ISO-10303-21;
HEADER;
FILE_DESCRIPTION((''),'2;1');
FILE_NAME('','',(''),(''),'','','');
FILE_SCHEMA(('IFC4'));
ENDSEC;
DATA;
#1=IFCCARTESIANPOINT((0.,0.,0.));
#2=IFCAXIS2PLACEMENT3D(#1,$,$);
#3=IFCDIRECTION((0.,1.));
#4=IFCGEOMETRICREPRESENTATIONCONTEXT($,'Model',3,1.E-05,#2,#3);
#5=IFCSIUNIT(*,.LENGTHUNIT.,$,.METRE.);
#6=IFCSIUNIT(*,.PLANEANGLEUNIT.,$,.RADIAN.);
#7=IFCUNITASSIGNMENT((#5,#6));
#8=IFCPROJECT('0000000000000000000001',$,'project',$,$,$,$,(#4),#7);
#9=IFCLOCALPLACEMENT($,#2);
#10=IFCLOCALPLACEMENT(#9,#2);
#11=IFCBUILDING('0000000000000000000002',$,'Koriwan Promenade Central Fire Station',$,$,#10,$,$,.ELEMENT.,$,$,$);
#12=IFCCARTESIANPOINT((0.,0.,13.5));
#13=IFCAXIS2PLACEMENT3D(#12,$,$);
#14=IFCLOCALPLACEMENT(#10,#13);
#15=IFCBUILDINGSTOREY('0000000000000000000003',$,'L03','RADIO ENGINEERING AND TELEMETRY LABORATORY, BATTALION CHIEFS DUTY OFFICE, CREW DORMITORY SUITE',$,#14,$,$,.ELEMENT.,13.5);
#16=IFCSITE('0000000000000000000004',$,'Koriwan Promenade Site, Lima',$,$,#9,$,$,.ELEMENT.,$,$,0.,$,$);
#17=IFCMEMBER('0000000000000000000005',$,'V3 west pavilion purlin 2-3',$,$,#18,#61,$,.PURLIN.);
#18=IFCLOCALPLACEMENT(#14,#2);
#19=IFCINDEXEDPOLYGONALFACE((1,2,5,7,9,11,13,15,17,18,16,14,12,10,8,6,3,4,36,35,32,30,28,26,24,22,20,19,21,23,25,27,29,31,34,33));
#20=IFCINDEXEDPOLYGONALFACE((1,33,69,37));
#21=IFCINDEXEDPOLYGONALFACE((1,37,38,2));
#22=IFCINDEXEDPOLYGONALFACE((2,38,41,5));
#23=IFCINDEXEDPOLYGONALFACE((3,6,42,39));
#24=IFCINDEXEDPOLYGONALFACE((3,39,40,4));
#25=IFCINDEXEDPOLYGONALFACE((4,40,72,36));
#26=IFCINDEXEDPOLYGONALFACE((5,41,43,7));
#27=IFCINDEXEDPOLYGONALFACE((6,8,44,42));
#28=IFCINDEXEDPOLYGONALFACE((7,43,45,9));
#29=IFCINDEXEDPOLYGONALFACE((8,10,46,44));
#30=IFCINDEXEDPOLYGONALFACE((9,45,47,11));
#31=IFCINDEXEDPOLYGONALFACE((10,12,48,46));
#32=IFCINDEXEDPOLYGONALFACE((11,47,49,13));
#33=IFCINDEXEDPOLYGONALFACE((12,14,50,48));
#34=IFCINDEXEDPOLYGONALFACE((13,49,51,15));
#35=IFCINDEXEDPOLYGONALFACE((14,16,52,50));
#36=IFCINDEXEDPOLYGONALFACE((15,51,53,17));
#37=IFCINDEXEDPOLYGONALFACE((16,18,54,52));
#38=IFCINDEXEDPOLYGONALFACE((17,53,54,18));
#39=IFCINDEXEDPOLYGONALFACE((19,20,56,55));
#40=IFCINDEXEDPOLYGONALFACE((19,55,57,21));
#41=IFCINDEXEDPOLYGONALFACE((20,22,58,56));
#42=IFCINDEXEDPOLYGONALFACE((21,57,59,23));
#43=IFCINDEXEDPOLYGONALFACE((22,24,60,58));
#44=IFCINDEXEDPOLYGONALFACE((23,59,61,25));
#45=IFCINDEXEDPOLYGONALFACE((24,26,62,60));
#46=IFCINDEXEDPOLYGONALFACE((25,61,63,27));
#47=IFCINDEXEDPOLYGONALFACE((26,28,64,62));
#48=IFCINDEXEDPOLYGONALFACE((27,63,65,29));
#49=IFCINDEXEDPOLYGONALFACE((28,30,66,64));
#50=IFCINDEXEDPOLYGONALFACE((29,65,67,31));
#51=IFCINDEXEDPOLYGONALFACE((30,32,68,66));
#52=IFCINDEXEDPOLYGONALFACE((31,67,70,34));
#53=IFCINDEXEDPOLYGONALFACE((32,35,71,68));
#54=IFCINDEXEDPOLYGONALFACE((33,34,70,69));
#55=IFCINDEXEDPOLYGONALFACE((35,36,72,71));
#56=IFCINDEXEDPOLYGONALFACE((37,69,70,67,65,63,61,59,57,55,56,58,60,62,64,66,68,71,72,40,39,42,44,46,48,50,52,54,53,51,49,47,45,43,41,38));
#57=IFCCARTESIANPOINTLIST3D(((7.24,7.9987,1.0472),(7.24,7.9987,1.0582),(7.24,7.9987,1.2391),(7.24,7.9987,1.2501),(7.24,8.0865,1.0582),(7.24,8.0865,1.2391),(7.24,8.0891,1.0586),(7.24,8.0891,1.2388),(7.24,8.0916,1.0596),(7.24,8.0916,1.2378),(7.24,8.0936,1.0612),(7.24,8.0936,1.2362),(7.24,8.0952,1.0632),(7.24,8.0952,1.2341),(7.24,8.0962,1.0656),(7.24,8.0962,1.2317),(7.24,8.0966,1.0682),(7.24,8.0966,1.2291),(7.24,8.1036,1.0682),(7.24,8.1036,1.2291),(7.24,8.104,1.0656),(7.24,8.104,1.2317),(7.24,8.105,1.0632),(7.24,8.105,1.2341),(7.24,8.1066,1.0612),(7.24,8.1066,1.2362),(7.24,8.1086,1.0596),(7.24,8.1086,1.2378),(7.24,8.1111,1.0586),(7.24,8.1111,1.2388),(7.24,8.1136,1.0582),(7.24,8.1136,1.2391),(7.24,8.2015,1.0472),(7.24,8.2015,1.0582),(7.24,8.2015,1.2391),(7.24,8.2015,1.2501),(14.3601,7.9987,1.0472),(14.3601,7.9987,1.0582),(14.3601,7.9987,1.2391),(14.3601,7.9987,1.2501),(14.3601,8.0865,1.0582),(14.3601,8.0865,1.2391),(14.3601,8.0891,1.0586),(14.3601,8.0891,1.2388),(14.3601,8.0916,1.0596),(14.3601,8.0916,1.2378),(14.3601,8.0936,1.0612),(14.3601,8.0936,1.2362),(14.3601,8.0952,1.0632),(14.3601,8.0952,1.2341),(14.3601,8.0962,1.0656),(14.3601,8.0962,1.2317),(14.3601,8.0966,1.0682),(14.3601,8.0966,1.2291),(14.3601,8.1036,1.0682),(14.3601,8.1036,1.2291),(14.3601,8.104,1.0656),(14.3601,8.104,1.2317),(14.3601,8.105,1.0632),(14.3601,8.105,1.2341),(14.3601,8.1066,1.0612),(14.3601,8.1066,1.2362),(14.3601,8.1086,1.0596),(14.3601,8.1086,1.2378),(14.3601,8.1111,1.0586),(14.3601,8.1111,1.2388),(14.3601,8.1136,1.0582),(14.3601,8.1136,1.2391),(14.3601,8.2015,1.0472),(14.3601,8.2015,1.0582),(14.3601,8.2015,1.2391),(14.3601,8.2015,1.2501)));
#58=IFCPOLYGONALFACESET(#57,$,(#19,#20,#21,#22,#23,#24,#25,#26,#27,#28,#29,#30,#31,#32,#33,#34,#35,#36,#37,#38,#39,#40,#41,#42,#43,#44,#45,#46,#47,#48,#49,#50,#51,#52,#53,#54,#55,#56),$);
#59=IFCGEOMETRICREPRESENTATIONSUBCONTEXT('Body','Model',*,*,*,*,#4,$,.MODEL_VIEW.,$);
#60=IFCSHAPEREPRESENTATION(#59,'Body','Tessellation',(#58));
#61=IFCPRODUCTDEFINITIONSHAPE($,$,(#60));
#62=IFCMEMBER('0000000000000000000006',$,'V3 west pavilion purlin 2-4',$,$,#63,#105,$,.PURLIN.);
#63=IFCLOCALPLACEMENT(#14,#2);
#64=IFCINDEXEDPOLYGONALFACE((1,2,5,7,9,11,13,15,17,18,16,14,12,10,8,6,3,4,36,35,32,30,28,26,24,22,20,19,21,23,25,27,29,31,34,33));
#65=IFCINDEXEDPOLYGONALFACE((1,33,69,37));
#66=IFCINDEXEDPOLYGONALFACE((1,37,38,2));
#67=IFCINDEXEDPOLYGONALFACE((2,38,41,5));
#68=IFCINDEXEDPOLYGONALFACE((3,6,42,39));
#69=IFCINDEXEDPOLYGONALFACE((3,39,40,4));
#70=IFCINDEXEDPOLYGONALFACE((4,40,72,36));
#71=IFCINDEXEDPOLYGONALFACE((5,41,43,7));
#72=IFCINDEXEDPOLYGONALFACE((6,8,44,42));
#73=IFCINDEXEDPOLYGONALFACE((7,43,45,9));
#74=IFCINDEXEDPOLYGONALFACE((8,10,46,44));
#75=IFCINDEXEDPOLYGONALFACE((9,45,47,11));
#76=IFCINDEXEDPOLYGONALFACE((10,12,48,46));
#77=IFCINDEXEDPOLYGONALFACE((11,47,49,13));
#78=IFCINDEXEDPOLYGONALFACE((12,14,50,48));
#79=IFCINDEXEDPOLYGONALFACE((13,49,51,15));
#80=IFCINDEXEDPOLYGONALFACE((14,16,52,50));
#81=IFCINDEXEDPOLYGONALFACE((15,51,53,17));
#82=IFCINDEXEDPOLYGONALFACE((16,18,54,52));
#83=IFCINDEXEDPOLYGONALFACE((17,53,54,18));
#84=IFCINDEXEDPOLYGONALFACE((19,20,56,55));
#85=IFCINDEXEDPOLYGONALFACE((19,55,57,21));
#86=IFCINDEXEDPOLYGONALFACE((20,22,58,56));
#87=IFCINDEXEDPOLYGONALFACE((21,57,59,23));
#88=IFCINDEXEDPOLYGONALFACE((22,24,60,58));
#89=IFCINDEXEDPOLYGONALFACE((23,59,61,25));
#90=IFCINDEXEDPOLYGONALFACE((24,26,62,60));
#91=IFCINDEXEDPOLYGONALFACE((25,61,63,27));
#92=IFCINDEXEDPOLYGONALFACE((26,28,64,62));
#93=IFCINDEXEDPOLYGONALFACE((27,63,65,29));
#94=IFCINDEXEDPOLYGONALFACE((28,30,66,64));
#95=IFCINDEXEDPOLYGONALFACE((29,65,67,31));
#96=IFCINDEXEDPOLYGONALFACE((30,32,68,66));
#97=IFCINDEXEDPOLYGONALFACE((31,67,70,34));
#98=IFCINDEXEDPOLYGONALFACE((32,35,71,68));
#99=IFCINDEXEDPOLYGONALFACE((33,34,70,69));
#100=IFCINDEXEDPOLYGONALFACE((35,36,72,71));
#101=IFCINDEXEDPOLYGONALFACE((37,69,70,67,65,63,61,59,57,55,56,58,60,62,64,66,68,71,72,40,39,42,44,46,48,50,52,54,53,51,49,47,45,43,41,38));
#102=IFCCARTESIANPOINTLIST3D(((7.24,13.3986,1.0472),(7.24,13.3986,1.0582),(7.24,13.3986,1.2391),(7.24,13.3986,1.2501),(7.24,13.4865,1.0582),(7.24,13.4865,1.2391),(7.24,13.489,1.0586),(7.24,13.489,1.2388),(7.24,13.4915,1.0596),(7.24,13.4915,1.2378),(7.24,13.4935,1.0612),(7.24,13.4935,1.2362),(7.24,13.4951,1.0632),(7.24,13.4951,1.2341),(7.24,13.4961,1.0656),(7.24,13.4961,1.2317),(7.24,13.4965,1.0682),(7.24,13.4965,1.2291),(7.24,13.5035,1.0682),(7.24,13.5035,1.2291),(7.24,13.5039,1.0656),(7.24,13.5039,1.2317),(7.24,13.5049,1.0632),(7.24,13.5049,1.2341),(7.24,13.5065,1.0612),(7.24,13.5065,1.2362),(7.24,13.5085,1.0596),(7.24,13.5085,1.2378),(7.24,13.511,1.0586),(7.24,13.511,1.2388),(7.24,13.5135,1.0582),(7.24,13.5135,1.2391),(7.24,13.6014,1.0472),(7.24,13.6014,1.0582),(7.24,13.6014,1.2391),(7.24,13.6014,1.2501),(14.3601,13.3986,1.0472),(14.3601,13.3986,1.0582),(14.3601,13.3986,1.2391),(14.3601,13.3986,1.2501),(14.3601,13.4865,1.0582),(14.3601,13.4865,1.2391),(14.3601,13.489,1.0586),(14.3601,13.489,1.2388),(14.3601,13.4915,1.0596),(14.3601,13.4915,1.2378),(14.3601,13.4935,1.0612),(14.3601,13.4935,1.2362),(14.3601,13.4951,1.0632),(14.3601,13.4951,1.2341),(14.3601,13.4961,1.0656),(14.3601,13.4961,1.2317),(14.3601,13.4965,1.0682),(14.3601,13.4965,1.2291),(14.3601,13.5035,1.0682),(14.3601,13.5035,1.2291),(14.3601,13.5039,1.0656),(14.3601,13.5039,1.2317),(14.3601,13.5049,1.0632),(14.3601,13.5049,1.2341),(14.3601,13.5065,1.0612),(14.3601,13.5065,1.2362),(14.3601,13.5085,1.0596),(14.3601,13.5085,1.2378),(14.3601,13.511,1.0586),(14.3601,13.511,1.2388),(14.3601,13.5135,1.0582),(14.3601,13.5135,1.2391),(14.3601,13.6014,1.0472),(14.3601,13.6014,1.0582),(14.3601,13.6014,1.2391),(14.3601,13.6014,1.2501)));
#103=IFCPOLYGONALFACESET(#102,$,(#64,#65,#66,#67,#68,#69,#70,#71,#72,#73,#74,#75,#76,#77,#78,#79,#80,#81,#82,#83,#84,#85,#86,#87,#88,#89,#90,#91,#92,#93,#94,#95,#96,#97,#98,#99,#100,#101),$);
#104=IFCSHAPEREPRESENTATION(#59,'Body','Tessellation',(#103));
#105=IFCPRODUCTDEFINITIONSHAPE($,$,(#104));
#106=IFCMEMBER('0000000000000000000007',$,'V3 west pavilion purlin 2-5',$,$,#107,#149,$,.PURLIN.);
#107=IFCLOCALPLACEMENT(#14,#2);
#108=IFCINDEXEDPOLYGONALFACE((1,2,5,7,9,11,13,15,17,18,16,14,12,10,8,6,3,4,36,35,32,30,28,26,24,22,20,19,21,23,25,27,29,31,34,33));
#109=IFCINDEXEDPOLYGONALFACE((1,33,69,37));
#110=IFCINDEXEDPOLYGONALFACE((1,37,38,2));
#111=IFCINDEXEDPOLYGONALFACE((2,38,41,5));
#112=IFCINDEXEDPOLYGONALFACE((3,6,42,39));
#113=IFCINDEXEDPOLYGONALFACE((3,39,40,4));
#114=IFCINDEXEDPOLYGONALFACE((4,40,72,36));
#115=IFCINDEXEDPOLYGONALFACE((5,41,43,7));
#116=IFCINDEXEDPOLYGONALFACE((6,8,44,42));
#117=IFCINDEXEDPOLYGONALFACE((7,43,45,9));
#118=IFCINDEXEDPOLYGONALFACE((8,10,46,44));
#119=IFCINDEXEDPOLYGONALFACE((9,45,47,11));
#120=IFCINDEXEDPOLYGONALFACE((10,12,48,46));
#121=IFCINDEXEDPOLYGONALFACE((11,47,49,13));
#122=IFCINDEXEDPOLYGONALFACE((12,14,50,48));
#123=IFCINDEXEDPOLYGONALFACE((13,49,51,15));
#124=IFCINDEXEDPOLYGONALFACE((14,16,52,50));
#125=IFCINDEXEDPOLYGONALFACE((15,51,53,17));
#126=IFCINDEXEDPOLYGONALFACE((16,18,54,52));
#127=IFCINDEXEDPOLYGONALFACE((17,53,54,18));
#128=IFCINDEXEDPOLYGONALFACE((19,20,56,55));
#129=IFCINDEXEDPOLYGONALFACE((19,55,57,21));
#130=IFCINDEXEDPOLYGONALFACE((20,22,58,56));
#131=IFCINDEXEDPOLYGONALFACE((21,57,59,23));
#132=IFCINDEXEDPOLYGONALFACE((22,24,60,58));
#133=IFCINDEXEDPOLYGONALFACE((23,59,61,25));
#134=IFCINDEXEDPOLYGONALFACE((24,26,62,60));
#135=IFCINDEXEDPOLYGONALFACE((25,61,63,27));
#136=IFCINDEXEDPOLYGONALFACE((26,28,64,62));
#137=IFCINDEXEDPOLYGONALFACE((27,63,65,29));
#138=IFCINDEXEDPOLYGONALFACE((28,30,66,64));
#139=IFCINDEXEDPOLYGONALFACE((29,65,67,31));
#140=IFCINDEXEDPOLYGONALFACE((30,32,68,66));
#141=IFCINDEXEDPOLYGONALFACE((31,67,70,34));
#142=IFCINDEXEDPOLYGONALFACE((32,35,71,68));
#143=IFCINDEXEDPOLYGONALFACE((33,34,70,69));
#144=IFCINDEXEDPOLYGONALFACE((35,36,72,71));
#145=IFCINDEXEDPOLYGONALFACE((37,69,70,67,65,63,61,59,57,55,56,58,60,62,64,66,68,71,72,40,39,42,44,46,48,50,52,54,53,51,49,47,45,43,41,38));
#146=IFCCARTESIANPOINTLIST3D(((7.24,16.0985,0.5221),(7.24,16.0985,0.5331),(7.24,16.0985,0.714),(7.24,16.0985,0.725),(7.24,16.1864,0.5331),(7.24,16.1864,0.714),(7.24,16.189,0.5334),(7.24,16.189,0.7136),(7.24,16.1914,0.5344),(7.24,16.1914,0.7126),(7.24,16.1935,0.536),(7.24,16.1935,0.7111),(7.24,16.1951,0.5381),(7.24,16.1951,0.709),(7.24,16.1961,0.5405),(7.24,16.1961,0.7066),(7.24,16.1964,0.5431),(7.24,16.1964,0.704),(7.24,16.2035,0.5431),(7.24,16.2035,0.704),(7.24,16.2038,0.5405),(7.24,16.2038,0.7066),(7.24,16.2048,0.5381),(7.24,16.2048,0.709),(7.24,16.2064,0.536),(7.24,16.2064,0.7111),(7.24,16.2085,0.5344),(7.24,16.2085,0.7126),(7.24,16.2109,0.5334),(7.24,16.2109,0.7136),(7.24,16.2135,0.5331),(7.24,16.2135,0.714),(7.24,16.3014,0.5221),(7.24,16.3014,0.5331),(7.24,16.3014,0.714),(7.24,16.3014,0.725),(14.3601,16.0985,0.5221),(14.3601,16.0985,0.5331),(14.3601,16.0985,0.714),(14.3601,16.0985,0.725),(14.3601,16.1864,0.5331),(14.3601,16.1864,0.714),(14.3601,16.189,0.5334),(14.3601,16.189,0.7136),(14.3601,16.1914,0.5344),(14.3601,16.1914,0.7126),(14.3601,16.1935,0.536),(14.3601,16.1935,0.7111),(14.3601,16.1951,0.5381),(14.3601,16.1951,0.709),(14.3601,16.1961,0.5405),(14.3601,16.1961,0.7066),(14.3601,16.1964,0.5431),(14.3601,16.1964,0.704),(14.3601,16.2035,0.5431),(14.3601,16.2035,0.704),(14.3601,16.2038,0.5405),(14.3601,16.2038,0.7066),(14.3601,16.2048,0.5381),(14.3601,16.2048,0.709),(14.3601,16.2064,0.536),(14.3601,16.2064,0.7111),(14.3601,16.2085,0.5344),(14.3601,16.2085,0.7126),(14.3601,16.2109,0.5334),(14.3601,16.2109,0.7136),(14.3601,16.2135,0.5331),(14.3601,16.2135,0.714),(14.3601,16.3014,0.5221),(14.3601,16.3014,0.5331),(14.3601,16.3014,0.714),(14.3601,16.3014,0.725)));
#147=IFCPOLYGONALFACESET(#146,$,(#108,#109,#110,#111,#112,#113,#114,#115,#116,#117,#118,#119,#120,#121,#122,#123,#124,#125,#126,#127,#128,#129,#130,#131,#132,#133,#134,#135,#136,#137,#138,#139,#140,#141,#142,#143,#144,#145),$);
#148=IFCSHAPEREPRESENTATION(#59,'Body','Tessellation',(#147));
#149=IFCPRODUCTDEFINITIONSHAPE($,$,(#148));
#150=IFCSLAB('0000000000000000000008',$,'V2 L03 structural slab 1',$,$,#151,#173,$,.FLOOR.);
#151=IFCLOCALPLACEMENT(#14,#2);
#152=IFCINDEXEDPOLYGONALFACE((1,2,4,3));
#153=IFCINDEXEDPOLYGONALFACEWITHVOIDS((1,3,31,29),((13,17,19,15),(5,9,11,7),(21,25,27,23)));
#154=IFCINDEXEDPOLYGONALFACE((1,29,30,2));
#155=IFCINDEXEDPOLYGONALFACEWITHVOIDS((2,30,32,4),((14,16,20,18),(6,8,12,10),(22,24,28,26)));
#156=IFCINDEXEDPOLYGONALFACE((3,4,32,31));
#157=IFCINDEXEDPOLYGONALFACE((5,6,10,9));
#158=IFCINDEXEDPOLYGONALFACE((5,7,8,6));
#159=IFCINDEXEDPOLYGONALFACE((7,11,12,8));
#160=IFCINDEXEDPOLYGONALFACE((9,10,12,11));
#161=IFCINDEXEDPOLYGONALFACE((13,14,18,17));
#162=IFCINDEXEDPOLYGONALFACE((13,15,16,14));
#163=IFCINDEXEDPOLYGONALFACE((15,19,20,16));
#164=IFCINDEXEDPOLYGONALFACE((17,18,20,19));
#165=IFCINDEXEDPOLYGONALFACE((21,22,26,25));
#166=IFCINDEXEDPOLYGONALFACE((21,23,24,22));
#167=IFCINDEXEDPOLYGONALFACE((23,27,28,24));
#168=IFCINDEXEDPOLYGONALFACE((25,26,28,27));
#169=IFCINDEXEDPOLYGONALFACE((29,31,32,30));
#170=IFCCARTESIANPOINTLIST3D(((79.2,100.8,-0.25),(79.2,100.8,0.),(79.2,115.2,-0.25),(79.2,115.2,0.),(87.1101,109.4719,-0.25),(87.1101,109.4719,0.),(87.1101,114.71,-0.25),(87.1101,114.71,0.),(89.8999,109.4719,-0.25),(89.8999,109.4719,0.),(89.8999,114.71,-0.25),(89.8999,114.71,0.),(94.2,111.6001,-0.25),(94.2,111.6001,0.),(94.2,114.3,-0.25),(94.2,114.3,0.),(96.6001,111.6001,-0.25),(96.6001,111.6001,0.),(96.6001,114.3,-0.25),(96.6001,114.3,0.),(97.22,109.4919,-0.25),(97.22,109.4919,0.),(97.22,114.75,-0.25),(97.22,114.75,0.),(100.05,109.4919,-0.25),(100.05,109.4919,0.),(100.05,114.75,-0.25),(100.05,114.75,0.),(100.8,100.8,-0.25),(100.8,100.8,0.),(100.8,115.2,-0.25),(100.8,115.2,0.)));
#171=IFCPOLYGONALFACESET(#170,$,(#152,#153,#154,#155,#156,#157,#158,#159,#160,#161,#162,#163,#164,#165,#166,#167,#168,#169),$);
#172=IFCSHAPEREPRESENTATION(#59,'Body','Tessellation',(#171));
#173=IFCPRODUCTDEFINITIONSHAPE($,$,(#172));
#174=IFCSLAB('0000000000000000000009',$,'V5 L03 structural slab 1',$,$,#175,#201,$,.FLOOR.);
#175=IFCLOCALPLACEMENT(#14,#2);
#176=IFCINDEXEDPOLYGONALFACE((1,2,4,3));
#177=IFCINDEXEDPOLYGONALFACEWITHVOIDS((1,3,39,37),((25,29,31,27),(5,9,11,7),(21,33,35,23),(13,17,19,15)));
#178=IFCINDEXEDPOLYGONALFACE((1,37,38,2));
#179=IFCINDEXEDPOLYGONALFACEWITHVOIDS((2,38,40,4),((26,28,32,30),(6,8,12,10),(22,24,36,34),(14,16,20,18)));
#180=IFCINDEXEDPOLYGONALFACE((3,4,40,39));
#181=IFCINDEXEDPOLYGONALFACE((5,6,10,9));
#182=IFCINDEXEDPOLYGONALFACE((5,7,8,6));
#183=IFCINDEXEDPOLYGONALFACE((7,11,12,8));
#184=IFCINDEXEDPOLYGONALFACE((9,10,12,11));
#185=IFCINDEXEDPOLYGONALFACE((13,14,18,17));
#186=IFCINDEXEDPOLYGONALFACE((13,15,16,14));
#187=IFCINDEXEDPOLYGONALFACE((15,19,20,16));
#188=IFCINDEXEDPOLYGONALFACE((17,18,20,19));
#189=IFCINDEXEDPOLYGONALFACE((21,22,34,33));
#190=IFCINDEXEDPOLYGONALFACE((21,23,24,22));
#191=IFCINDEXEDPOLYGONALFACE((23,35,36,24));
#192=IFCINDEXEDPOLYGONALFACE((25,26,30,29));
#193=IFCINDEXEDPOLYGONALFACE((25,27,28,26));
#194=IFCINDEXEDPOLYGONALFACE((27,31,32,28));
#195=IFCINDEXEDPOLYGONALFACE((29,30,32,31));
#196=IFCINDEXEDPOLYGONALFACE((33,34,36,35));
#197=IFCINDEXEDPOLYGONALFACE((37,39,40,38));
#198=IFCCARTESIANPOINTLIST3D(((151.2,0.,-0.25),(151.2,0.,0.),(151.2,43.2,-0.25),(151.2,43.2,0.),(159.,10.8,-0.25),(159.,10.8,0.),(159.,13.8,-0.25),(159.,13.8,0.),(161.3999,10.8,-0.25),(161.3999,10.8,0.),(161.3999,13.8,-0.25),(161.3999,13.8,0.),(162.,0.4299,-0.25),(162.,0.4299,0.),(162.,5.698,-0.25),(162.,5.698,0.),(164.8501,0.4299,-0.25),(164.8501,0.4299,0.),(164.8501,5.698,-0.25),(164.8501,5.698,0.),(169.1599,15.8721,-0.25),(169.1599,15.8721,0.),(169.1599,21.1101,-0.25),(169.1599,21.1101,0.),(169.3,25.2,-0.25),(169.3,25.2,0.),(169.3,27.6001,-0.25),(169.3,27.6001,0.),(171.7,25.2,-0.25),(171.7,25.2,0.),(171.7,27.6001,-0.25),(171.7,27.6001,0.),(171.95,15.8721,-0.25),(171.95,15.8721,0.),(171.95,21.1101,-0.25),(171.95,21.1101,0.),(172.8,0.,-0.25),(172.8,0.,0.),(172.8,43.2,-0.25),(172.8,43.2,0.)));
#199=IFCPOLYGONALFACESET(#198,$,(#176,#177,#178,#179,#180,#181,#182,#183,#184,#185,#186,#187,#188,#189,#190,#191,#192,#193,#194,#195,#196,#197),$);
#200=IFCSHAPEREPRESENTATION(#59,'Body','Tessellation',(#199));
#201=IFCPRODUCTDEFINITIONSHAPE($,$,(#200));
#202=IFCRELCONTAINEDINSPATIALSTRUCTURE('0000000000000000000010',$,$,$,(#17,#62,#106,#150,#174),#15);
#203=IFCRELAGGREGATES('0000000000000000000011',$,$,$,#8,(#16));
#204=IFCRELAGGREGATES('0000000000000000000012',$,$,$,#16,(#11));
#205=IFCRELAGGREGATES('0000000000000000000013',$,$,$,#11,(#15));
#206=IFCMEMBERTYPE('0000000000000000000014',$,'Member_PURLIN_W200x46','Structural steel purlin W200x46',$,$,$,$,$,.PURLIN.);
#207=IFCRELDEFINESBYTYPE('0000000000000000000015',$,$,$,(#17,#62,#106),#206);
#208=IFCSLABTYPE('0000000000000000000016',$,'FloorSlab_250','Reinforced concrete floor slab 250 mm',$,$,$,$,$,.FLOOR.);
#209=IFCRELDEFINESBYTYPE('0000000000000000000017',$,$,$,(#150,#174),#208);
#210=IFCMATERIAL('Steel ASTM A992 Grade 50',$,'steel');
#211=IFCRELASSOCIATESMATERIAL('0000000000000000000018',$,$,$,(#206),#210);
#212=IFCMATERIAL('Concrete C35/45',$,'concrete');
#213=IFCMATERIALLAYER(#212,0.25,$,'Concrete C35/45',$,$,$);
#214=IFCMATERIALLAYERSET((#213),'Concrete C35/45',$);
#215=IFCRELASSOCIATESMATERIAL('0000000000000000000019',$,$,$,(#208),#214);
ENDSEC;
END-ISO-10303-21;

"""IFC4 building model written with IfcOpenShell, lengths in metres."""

from ifc_helpers import new_model, si_unit, direction, frame, origin, origin_2d, place, context, subcontext, project, spatial, polyline, i_section, outline, extrude, material, layer, layer_set, material_profile, profile_set, type_object, element, save


model = new_model("IFC4")

# Units and contexts
model_context = context("Model", 3, precision=1e-05, world=origin(), true_north=direction((0.0, 1.0)))
body_context = subcontext(model_context, "Body", "Model", "MODEL_VIEW")
ifc_project = project(units=[si_unit("LENGTHUNIT", "METRE"), si_unit("PLANEANGLEUNIT", "RADIAN")], contexts=[model_context])

# Site, building, storey
site_placement = place(None, origin())
site = spatial("IfcSite", under=ifc_project, at=site_placement, Name="Koriwan Promenade Site, Lima", CompositionType="ELEMENT", RefElevation=0.0)
building_placement = place(site_placement, origin())
building = spatial("IfcBuilding", under=site, at=building_placement, Name="Koriwan Promenade Central Fire Station", CompositionType="ELEMENT")
storey_placement = place(building_placement, frame((0.0, 0.0, 13.5)))
storey = spatial("IfcBuildingStorey", under=building, at=storey_placement, Name="L03", Description="RADIO ENGINEERING AND TELEMETRY LABORATORY, BATTALION CHIEFS DUTY OFFICE, CREW DORMITORY SUITE", CompositionType="ELEMENT", Elevation=13.5)

# Members
ifc_material_1 = material(Name="Steel ASTM A992 Grade 50", Category="steel")
ifc_material_profile = material_profile(ifc_material_1, i_section(OverallWidth=0.2029, OverallDepth=0.2029, WebThickness=0.0071, FlangeThickness=0.011, FilletRadius=0.01, at=origin_2d()), Name="W200x46")
ifc_profile_set = profile_set([ifc_material_profile], Name="Steel ASTM A992 Grade 50")
member_type = type_object("IfcMemberType", Name="Member_PURLIN_W200x46", Description="Structural steel purlin W200x46", PredefinedType="PURLIN", material=ifc_profile_set)
for number, where, z_axis, x_axis, name in (
    (1, (7.24, 8.1001, 1.1487), (1.0, 0.0, 0.0), (0.0, 1.0, 0.0), "V3 west pavilion purlin 2-3"),
    (2, (7.24, 13.5, 1.1487), (1.0, 0.0, 0.0), (0.0, 1.0, 0.0), "V3 west pavilion purlin 2-4"),
    (3, (7.24, 16.2, 0.6235), (1.0, 0.0, 0.0), (0.0, 1.0, 0.0), "V3 west pavilion purlin 2-5"),
):
    element("IfcMember", number, at=place(storey_placement, frame(where, z_axis=z_axis, x_axis=x_axis)), inside=storey, type_object=member_type, Name=name, PredefinedType="PURLIN", context=body_context, shape_type="SweptSolid", body=[
        extrude(i_section(OverallWidth=0.2029, OverallDepth=0.2029, WebThickness=0.0071, FlangeThickness=0.011, FilletRadius=0.01, at=origin_2d()), origin(), (0.0, 0.0, 1.0), 7.1201),
    ])

# Slabs
ifc_material_2 = material(Name="Concrete C35/45", Category="concrete")
ifc_layer_1 = layer(ifc_material_2, 0.25, Name="Concrete C35/45")
ifc_layer_set_1 = layer_set([ifc_layer_1], Name="Concrete C35/45")
slab_type_1 = type_object("IfcSlabType", Name="FloorSlab_250", Description="Reinforced concrete floor slab 250 mm", PredefinedType="FLOOR", material=ifc_layer_set_1)
slab_1_placement = place(storey_placement, frame((0.0, 0.0, -0.25)))
element("IfcSlab", 4, at=slab_1_placement, inside=storey, type_object=slab_type_1, Name="V2 L03 structural slab 1", PredefinedType="FLOOR", context=body_context, shape_type="SweptSolid", body=[
    extrude(outline(polyline([(100.8, 115.2), (100.8, 100.8), (79.2, 100.8), (79.2, 115.2), (100.8, 115.2)]), holes=[polyline([(97.22, 109.4919), (100.05, 109.4919), (100.05, 114.75), (97.22, 114.75), (97.22, 109.4919)]), polyline([(87.1101, 114.71), (87.1101, 109.4719), (89.8999, 109.4719), (89.8999, 114.71), (87.1101, 114.71)]), polyline([(94.2, 114.3), (94.2, 111.6001), (96.6001, 111.6001), (96.6001, 114.3), (94.2, 114.3)])]), origin(), (0.0, 0.0, 1.0), 0.25),
])
slab_2_placement = place(storey_placement, frame((0.0, 0.0, -0.25)))
element("IfcSlab", 5, at=slab_2_placement, inside=storey, type_object=slab_type_1, Name="V5 L03 structural slab 1", PredefinedType="FLOOR", context=body_context, shape_type="SweptSolid", body=[
    extrude(outline(polyline([(172.8, 43.2), (172.8, 0.0), (151.2, 0.0), (151.2, 43.2), (172.8, 43.2)]), holes=[polyline([(164.8501, 5.698), (162.0, 5.698), (162.0, 0.4299), (164.8501, 0.4299), (164.8501, 5.698)]), polyline([(171.95, 15.8721), (171.95, 21.1101), (169.1599, 21.1101), (169.1599, 15.8721), (171.95, 15.8721)]), polyline([(159.0, 10.8), (161.3999, 10.8), (161.3999, 13.8), (159.0, 13.8), (159.0, 10.8)]), polyline([(171.7, 27.6001), (169.3, 27.6001), (169.3, 25.2), (171.7, 25.2), (171.7, 27.6001)])]), origin(), (0.0, 0.0, 1.0), 0.25),
])

save(model, "model.ifc")
